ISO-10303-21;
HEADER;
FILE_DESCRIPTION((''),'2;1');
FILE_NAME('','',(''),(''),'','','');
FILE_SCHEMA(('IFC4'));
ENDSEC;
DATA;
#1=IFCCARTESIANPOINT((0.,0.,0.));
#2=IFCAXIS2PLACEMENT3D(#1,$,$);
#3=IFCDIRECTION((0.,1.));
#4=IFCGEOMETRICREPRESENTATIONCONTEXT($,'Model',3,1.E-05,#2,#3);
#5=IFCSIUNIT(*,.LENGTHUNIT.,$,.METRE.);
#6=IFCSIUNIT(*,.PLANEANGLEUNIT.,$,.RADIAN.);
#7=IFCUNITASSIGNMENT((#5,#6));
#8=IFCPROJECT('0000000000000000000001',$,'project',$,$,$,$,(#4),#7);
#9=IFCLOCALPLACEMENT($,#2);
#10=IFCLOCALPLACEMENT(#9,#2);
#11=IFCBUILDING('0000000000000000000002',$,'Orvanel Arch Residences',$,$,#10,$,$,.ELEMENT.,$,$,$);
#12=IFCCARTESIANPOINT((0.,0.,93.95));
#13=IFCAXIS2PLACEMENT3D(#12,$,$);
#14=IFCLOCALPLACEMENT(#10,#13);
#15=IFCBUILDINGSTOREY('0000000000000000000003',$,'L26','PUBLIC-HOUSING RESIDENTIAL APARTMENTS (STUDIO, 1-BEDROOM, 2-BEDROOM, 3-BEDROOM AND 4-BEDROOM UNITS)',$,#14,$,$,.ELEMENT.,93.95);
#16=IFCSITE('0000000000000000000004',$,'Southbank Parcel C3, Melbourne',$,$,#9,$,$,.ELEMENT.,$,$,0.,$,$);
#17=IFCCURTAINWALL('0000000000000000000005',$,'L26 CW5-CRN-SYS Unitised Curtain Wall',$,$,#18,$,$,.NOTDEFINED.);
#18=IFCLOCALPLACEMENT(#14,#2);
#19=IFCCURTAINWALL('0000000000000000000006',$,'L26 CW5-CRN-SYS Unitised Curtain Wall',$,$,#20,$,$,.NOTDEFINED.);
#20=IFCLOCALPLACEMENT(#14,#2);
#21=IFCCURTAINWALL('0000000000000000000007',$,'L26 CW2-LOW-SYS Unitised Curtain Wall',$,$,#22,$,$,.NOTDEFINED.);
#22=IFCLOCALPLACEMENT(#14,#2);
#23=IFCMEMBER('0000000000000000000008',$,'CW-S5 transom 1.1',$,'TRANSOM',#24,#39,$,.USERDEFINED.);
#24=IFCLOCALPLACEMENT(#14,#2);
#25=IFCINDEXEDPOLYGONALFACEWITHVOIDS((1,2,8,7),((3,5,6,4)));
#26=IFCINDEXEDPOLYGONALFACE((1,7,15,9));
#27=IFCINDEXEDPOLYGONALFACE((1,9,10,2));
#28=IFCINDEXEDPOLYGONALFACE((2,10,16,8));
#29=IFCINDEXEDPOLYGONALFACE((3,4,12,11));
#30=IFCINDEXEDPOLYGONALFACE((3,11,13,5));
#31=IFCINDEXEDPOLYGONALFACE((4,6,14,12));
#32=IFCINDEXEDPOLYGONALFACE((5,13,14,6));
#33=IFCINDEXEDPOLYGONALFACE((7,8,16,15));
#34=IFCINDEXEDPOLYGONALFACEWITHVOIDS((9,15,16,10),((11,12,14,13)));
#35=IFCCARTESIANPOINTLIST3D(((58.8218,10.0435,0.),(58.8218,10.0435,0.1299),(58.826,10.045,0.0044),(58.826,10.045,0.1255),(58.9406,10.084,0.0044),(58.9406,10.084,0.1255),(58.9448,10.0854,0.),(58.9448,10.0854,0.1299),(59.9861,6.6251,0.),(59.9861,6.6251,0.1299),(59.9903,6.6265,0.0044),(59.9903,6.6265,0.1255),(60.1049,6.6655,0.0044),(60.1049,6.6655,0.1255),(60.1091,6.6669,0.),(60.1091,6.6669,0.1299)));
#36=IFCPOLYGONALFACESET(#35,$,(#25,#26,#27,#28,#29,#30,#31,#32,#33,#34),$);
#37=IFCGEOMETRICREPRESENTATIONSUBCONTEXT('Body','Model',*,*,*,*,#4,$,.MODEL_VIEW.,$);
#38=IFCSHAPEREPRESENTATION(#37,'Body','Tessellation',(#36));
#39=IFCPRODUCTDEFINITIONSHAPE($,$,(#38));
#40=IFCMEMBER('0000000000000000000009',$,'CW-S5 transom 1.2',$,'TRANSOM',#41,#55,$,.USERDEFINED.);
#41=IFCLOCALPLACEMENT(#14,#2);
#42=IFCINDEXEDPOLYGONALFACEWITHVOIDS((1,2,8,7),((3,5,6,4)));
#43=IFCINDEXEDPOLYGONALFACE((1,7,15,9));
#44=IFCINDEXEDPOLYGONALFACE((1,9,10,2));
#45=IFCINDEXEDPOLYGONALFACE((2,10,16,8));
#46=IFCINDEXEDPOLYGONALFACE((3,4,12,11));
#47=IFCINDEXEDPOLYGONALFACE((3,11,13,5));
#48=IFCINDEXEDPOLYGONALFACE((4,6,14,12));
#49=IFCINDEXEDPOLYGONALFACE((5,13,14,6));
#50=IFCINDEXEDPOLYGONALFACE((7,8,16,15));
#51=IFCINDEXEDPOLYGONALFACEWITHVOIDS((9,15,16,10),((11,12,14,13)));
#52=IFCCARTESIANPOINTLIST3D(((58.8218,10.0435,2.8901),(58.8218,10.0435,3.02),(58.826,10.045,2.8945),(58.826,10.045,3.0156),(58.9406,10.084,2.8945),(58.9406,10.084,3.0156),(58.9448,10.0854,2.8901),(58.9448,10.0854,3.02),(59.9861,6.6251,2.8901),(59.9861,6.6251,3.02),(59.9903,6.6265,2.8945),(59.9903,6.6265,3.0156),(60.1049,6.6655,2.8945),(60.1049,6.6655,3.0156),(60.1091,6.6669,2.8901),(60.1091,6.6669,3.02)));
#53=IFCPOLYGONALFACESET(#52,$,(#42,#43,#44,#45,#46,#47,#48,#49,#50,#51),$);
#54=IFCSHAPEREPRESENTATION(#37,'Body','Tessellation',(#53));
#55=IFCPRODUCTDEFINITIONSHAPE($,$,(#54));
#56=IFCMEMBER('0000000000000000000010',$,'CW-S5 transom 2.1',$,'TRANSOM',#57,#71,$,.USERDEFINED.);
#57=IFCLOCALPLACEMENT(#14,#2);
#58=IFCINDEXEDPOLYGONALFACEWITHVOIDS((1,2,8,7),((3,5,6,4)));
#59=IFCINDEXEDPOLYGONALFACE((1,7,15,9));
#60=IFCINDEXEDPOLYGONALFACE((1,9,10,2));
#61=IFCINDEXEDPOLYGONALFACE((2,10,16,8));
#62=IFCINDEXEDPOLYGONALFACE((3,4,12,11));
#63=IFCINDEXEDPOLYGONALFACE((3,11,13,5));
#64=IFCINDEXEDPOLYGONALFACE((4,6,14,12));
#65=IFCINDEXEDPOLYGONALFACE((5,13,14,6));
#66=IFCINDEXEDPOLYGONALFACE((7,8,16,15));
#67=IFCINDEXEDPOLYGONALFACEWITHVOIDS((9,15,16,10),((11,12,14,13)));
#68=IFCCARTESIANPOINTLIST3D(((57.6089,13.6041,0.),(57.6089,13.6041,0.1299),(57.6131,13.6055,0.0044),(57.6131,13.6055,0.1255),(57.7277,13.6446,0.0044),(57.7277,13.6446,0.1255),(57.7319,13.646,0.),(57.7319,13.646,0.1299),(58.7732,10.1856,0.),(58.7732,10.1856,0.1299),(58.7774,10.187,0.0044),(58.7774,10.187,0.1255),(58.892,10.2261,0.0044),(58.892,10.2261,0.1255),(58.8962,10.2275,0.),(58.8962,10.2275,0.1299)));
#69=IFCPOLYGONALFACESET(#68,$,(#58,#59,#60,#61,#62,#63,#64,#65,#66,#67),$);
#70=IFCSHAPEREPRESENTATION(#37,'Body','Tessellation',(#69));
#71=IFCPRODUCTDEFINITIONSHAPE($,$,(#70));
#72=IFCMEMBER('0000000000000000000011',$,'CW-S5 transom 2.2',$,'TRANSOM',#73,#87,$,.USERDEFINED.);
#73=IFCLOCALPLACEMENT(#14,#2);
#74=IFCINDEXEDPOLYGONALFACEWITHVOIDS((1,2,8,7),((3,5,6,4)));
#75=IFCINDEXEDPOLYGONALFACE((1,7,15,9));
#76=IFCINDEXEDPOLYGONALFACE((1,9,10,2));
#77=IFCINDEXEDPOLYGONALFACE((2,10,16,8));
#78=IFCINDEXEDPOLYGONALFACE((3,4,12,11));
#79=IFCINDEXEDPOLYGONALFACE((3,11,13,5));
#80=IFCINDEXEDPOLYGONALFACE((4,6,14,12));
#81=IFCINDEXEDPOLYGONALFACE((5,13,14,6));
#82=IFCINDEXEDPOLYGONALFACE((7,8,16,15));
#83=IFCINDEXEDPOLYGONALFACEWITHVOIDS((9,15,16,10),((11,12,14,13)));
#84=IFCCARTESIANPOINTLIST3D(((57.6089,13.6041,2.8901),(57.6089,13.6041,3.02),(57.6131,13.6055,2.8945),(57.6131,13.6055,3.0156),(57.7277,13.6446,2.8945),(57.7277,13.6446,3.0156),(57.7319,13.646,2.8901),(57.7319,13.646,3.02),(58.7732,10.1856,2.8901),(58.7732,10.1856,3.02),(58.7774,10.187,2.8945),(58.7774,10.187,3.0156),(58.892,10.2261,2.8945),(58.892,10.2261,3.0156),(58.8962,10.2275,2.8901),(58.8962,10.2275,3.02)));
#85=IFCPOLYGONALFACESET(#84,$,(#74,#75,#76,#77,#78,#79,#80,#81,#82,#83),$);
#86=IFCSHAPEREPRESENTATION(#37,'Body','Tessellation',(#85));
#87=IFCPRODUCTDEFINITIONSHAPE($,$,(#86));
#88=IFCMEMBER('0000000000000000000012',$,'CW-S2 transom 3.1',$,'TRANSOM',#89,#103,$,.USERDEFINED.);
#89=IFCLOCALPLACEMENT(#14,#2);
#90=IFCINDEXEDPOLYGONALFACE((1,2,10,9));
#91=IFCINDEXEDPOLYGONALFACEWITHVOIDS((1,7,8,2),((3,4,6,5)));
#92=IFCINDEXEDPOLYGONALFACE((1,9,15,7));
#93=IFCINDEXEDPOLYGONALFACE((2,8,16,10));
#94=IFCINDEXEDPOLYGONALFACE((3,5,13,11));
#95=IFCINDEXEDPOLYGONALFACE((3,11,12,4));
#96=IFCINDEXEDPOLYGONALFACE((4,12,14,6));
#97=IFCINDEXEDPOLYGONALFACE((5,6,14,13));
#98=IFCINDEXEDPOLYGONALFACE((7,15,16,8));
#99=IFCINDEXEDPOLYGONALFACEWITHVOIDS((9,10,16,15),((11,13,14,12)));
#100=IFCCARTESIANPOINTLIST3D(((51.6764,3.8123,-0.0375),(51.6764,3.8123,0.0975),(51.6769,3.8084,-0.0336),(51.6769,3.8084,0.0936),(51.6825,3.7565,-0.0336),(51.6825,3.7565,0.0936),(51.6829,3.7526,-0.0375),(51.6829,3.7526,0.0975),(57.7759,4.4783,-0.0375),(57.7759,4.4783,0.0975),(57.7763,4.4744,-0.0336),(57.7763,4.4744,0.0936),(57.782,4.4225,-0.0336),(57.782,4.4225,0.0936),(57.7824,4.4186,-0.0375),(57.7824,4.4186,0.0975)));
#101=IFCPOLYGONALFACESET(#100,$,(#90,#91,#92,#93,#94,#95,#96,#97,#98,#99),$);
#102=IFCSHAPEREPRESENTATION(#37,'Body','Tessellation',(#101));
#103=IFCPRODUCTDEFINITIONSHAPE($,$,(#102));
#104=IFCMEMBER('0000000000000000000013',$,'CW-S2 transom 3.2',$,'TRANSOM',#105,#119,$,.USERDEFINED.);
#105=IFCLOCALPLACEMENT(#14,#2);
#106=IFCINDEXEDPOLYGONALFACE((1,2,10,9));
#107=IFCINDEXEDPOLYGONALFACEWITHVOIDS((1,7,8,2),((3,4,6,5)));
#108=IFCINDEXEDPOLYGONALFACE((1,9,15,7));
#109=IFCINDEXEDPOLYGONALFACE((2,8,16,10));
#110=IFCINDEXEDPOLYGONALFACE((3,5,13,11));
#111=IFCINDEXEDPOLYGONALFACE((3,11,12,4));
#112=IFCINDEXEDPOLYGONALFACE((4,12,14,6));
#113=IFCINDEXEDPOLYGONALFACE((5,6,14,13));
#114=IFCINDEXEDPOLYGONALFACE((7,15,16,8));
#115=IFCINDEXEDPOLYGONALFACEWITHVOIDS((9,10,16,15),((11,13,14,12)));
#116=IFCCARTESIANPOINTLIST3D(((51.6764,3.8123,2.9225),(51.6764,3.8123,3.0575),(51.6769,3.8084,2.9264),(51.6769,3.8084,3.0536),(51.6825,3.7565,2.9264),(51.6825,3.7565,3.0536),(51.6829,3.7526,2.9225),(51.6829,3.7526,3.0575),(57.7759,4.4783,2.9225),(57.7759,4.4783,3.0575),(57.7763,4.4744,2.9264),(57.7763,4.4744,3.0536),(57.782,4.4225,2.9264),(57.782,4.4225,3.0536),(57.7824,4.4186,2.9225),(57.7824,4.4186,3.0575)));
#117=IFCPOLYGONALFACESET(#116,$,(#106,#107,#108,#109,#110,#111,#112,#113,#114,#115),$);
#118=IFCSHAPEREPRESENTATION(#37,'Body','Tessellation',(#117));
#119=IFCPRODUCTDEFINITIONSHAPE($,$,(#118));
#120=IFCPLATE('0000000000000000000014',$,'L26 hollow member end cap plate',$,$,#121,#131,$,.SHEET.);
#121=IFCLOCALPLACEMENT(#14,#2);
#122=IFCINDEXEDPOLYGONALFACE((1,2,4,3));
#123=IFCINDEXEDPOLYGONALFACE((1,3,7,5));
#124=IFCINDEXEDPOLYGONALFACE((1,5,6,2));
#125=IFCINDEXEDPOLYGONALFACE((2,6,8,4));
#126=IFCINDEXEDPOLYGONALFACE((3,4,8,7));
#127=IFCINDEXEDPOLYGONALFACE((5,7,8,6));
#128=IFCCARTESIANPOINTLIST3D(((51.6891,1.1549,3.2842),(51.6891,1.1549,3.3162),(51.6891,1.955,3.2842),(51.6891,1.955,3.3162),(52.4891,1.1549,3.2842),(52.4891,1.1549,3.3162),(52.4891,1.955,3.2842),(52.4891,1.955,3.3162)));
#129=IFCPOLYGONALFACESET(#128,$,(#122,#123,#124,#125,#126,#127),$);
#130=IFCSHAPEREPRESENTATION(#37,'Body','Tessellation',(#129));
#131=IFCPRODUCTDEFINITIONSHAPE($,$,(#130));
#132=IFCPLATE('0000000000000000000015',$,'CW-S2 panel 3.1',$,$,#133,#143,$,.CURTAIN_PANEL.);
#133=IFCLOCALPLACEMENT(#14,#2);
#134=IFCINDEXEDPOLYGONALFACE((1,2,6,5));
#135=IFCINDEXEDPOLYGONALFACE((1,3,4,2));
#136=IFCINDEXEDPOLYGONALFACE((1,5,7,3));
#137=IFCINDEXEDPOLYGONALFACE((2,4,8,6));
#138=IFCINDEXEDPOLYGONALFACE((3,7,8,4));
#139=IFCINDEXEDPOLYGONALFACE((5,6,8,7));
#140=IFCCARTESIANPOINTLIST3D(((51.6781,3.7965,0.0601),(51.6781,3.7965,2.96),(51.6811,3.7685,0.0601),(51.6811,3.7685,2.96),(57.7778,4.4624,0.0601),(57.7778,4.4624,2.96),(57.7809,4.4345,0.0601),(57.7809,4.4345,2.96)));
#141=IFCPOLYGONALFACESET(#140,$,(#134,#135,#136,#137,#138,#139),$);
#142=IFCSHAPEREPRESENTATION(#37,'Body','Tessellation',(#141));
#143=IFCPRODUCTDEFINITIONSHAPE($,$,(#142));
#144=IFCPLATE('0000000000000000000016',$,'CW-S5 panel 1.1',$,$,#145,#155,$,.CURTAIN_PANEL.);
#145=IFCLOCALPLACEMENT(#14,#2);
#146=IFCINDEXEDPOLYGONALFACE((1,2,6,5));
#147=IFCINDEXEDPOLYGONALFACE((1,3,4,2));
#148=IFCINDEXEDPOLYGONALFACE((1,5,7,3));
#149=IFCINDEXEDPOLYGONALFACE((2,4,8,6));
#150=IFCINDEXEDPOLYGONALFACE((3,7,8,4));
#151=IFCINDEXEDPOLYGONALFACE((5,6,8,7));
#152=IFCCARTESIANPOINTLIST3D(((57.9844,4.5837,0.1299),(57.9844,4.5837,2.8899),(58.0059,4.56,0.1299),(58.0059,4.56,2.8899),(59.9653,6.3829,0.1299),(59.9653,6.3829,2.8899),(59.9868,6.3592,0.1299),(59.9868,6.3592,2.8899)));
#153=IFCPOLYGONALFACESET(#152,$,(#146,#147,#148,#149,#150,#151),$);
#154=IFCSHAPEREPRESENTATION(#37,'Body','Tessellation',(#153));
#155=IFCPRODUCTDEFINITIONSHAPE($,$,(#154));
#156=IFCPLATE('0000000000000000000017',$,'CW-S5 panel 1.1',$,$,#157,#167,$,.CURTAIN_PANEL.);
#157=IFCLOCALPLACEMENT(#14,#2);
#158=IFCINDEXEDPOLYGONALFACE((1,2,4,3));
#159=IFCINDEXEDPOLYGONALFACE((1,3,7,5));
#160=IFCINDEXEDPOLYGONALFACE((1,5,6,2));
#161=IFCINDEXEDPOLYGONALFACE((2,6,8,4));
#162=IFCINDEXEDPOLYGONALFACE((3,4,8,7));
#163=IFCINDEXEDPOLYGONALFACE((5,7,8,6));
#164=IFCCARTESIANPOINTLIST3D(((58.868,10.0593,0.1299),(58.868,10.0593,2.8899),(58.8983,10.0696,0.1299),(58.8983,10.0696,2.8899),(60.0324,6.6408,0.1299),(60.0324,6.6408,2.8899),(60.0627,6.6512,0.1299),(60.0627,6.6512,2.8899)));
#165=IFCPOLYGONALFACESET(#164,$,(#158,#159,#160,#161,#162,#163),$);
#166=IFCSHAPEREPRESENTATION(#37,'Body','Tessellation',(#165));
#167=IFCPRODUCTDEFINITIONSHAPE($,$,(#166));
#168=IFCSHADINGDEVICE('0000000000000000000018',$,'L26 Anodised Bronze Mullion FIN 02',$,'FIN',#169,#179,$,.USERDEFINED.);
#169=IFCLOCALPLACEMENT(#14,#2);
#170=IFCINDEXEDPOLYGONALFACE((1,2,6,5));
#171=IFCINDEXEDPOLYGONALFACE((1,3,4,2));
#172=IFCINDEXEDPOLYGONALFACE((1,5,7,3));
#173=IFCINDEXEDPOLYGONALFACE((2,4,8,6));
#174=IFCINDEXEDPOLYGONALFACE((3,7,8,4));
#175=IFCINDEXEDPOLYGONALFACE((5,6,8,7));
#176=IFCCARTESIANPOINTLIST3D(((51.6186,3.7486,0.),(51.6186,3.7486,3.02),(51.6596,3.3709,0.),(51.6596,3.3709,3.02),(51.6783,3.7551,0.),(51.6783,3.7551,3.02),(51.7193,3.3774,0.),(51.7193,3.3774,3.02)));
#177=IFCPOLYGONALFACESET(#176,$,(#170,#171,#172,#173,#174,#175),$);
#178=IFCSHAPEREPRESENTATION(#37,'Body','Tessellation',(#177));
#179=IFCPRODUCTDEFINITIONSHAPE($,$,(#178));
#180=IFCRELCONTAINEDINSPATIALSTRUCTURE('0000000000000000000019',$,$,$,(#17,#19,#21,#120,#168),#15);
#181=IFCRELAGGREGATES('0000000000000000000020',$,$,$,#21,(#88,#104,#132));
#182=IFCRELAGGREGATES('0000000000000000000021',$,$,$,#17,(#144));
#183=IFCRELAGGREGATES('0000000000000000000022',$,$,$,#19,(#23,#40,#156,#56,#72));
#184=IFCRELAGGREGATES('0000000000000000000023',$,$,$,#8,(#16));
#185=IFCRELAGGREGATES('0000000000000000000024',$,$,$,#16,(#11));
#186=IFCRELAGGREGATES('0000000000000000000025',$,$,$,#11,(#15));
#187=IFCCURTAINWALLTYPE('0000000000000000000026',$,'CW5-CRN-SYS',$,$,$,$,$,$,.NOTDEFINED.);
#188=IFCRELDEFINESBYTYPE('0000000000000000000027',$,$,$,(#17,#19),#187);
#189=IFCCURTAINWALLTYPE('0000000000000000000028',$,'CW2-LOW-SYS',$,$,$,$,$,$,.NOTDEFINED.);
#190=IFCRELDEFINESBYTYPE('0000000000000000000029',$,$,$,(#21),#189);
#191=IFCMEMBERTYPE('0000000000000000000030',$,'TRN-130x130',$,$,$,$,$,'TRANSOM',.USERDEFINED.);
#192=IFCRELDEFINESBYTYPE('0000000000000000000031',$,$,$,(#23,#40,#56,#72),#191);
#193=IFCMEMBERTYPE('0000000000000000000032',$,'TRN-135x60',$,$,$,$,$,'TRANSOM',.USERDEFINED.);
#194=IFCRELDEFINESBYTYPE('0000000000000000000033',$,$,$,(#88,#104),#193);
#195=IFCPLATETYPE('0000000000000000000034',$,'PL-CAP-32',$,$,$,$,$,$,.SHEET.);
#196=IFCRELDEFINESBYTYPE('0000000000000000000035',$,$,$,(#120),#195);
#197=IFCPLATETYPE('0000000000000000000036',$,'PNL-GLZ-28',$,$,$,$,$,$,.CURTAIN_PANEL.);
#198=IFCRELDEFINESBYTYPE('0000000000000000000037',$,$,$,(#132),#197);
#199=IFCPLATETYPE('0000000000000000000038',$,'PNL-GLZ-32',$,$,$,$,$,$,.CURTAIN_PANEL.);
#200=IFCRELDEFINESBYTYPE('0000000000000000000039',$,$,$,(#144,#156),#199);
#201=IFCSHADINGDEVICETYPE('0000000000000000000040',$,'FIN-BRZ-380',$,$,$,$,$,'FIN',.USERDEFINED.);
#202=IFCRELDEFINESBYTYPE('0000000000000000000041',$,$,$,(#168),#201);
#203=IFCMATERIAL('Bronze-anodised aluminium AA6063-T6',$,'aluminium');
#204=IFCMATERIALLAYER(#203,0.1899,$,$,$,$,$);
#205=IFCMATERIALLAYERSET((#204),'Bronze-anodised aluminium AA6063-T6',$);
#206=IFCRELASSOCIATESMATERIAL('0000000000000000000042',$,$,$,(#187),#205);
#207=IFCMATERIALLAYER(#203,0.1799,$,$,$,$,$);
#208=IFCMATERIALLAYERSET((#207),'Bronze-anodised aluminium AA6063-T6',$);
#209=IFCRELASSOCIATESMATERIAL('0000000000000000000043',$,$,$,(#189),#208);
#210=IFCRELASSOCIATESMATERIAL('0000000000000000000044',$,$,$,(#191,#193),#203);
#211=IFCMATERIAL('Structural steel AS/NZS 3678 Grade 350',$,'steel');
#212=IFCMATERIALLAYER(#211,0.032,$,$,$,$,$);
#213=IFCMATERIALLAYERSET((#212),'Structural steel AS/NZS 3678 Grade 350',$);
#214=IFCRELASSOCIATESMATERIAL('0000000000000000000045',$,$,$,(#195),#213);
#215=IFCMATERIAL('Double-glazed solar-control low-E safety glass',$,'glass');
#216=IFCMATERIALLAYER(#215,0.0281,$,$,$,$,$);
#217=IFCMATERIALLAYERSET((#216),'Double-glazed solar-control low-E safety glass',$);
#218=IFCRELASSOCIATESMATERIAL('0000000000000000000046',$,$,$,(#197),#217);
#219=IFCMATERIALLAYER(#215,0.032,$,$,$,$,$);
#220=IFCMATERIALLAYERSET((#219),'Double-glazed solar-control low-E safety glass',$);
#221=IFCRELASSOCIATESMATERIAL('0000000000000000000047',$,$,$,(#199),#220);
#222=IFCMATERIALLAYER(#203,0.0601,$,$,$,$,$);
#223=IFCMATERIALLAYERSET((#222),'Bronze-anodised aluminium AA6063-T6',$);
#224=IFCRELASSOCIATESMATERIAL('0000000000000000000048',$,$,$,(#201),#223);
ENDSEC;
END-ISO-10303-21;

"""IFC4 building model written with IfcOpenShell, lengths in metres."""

from ifc_helpers import new_model, si_unit, direction, frame, origin, origin_2d, place, context, subcontext, project, spatial, rectangle, hollow_rectangle, extrude, material, layer, layer_set, material_profile, profile_set, type_object, element, aggregate, save


model = new_model("IFC4")

# Units and contexts
model_context = context("Model", 3, precision=1e-05, world=origin(), true_north=direction((0.0, 1.0)))
body_context = subcontext(model_context, "Body", "Model", "MODEL_VIEW")
ifc_project = project(units=[si_unit("LENGTHUNIT", "METRE"), si_unit("PLANEANGLEUNIT", "RADIAN")], contexts=[model_context])

# Site, building, storey
site_placement = place(None, origin())
site = spatial("IfcSite", under=ifc_project, at=site_placement, Name="Southbank Parcel C3, Melbourne", CompositionType="ELEMENT", RefElevation=0.0)
building_placement = place(site_placement, origin())
building = spatial("IfcBuilding", under=site, at=building_placement, Name="Orvanel Arch Residences", CompositionType="ELEMENT")
storey_placement = place(building_placement, frame((0.0, 0.0, 93.95)))
storey = spatial("IfcBuildingStorey", under=building, at=storey_placement, Name="L26", Description="PUBLIC-HOUSING RESIDENTIAL APARTMENTS (STUDIO, 1-BEDROOM, 2-BEDROOM, 3-BEDROOM AND 4-BEDROOM UNITS)", CompositionType="ELEMENT", Elevation=93.95)

# Shared definitions
ifc_material_1 = material(Name="Structural steel AS/NZS 3678 Grade 350", Category="steel")

# Curtain walls
ifc_material_2 = material(Name="Bronze-anodised aluminium AA6063-T6", Category="aluminium")
ifc_layer_1 = layer(ifc_material_2, 0.1899)
ifc_layer_set_1 = layer_set([ifc_layer_1], Name="Bronze-anodised aluminium AA6063-T6")
curtain_wall_type_1 = type_object("IfcCurtainWallType", Name="CW5-CRN-SYS", PredefinedType="NOTDEFINED", material=ifc_layer_set_1)
curtain_wall_1_placement = place(storey_placement, origin())
curtain_wall_1 = element("IfcCurtainWall", 1, at=curtain_wall_1_placement, inside=storey, type_object=curtain_wall_type_1, Name="L26 CW5-CRN-SYS Unitised Curtain Wall", PredefinedType="NOTDEFINED")
curtain_wall_2_placement = place(storey_placement, origin())
curtain_wall_2 = element("IfcCurtainWall", 2, at=curtain_wall_2_placement, inside=storey, type_object=curtain_wall_type_1, Name="L26 CW5-CRN-SYS Unitised Curtain Wall", PredefinedType="NOTDEFINED")
ifc_layer_2 = layer(ifc_material_2, 0.1799)
ifc_layer_set_2 = layer_set([ifc_layer_2], Name="Bronze-anodised aluminium AA6063-T6")
curtain_wall_type_2 = type_object("IfcCurtainWallType", Name="CW2-LOW-SYS", PredefinedType="NOTDEFINED", material=ifc_layer_set_2)
curtain_wall_3_placement = place(storey_placement, origin())
curtain_wall_3 = element("IfcCurtainWall", 3, at=curtain_wall_3_placement, inside=storey, type_object=curtain_wall_type_2, Name="L26 CW2-LOW-SYS Unitised Curtain Wall", PredefinedType="NOTDEFINED")

# Members
ifc_material_profile_1 = material_profile(ifc_material_2, hollow_rectangle(XDim=0.1299, YDim=0.1299, WallThickness=0.0044, at=origin_2d()), Name="ALU130x130x4.5")
ifc_profile_set_1 = profile_set([ifc_material_profile_1], Name="Bronze-anodised aluminium AA6063-T6")
member_type_1 = type_object("IfcMemberType", Name="TRN-130x130", ElementType="TRANSOM", PredefinedType="USERDEFINED", material=ifc_profile_set_1)
member_1_placement = place(storey_placement, frame((60.0476, 6.646, 0.0649), z_axis=(-0.322407, 0.946601, 0.0), x_axis=(-0.946601, -0.322407, 0.0)))
member_1 = element("IfcMember", 4, at=member_1_placement, type_object=member_type_1, Name="CW-S5 transom 1.1", ObjectType="TRANSOM", PredefinedType="USERDEFINED", context=body_context, shape_type="SweptSolid", body=[
    extrude(hollow_rectangle(XDim=0.1299, YDim=0.1299, WallThickness=0.0044, at=origin_2d()), origin(), (0.0, 0.0, 1.0), 3.6113),
])
member_2_placement = place(storey_placement, frame((60.0476, 6.646, 2.9551), z_axis=(-0.322407, 0.946601, 0.0), x_axis=(-0.946601, -0.322407, 0.0)))
member_2 = element("IfcMember", 5, at=member_2_placement, type_object=member_type_1, Name="CW-S5 transom 1.2", ObjectType="TRANSOM", PredefinedType="USERDEFINED", context=body_context, shape_type="SweptSolid", body=[
    extrude(hollow_rectangle(XDim=0.1299, YDim=0.1299, WallThickness=0.0044, at=origin_2d()), origin(), (0.0, 0.0, 1.0), 3.6113),
])
member_3_placement = place(storey_placement, frame((58.8347, 10.2065, 0.0649), z_axis=(-0.322407, 0.946601, 0.0), x_axis=(-0.946601, -0.322407, 0.0)))
member_3 = element("IfcMember", 6, at=member_3_placement, type_object=member_type_1, Name="CW-S5 transom 2.1", ObjectType="TRANSOM", PredefinedType="USERDEFINED", context=body_context, shape_type="SweptSolid", body=[
    extrude(hollow_rectangle(XDim=0.1299, YDim=0.1299, WallThickness=0.0044, at=origin_2d()), origin(), (0.0, 0.0, 1.0), 3.6113),
])
member_4_placement = place(storey_placement, frame((58.8347, 10.2065, 2.9551), z_axis=(-0.322407, 0.946601, 0.0), x_axis=(-0.946601, -0.322407, 0.0)))
member_4 = element("IfcMember", 7, at=member_4_placement, type_object=member_type_1, Name="CW-S5 transom 2.2", ObjectType="TRANSOM", PredefinedType="USERDEFINED", context=body_context, shape_type="SweptSolid", body=[
    extrude(hollow_rectangle(XDim=0.1299, YDim=0.1299, WallThickness=0.0044, at=origin_2d()), origin(), (0.0, 0.0, 1.0), 3.6113),
])
ifc_material_profile_2 = material_profile(ifc_material_2, hollow_rectangle(XDim=0.0601, YDim=0.135, WallThickness=0.0039, at=origin_2d()), Name="ALU135x60x4")
ifc_profile_set_2 = profile_set([ifc_material_profile_2], Name="Bronze-anodised aluminium AA6063-T6")
member_type_2 = type_object("IfcMemberType", Name="TRN-135x60", ElementType="TRANSOM", PredefinedType="USERDEFINED", material=ifc_profile_set_2)
member_5_placement = place(storey_placement, frame((51.6797, 3.7825, 0.03), z_axis=(0.994092, 0.108545, 0.0), x_axis=(-0.108545, 0.994092, 0.0)))
member_5 = element("IfcMember", 8, at=member_5_placement, type_object=member_type_2, Name="CW-S2 transom 3.1", ObjectType="TRANSOM", PredefinedType="USERDEFINED", context=body_context, shape_type="SweptSolid", body=[
    extrude(hollow_rectangle(XDim=0.0601, YDim=0.135, WallThickness=0.0039, at=origin_2d()), origin(), (0.0, 0.0, 1.0), 6.1357),
])
member_6_placement = place(storey_placement, frame((51.6797, 3.7825, 2.99), z_axis=(0.994092, 0.108545, 0.0), x_axis=(-0.108545, 0.994092, 0.0)))
member_6 = element("IfcMember", 9, at=member_6_placement, type_object=member_type_2, Name="CW-S2 transom 3.2", ObjectType="TRANSOM", PredefinedType="USERDEFINED", context=body_context, shape_type="SweptSolid", body=[
    extrude(hollow_rectangle(XDim=0.0601, YDim=0.135, WallThickness=0.0039, at=origin_2d()), origin(), (0.0, 0.0, 1.0), 6.1357),
])

# Plates
ifc_layer_3 = layer(ifc_material_1, 0.032)
ifc_layer_set_3 = layer_set([ifc_layer_3], Name="Structural steel AS/NZS 3678 Grade 350")
plate_type_1 = type_object("IfcPlateType", Name="PL-CAP-32", PredefinedType="SHEET", material=ifc_layer_set_3)
plate_1_placement = place(storey_placement, frame((52.0891, 1.5549, 3.2842), z_axis=(0.0, 0.0, 1.0), x_axis=(1.0, 0.0, 0.0)))
element("IfcPlate", 10, at=plate_1_placement, inside=storey, type_object=plate_type_1, Name="L26 hollow member end cap plate", PredefinedType="SHEET", context=body_context, shape_type="SweptSolid", body=[
    extrude(rectangle(XDim=0.8, YDim=0.8, at=origin_2d()), origin(), (0.0, 0.0, 1.0), 0.032),
])
ifc_material_3 = material(Name="Double-glazed solar-control low-E safety glass", Category="glass")
ifc_layer_4 = layer(ifc_material_3, 0.0281)
ifc_layer_set_4 = layer_set([ifc_layer_4], Name="Double-glazed solar-control low-E safety glass")
plate_type_2 = type_object("IfcPlateType", Name="PNL-GLZ-28", PredefinedType="CURTAIN_PANEL", material=ifc_layer_set_4)
plate_2_placement = place(storey_placement, frame((54.7295, 4.1155, 0.0601), z_axis=(0.0, 0.0, 1.0), x_axis=(0.994093, 0.108532, 0.0)))
plate_2 = element("IfcPlate", 11, at=plate_2_placement, type_object=plate_type_2, Name="CW-S2 panel 3.1", PredefinedType="CURTAIN_PANEL", context=body_context, shape_type="SweptSolid", body=[
    extrude(rectangle(XDim=6.136, YDim=0.0281, at=origin_2d()), origin(), (0.0, 0.0, 1.0), 2.8999),
])
aggregate(curtain_wall_3, [member_5, member_6, plate_2])
ifc_layer_5 = layer(ifc_material_3, 0.032)
ifc_layer_set_5 = layer_set([ifc_layer_5], Name="Double-glazed solar-control low-E safety glass")
plate_type_3 = type_object("IfcPlateType", Name="PNL-GLZ-32", PredefinedType="CURTAIN_PANEL", material=ifc_layer_set_5)
plate_3_placement = place(storey_placement, frame((58.9856, 5.4714, 0.1299), z_axis=(0.0, 0.0, 1.0), x_axis=(0.740229, 0.672355, 0.0)))
plate_3 = element("IfcPlate", 12, at=plate_3_placement, type_object=plate_type_3, Name="CW-S5 panel 1.1", PredefinedType="CURTAIN_PANEL", context=body_context, shape_type="SweptSolid", body=[
    extrude(rectangle(XDim=2.676, YDim=0.032, at=origin_2d()), origin(), (0.0, 0.0, 1.0), 2.76),
])
aggregate(curtain_wall_1, [plate_3])
plate_4_placement = place(storey_placement, frame((59.4653, 8.3552, 0.1299), z_axis=(0.0, 0.0, 1.0), x_axis=(-0.322438, 0.946591, 0.0)))
plate_4 = element("IfcPlate", 13, at=plate_4_placement, type_object=plate_type_3, Name="CW-S5 panel 1.1", PredefinedType="CURTAIN_PANEL", context=body_context, shape_type="SweptSolid", body=[
    extrude(rectangle(XDim=3.6113, YDim=0.032, at=origin_2d()), origin(), (0.0, 0.0, 1.0), 2.76),
])
aggregate(curtain_wall_2, [member_1, member_2, plate_4, member_3, member_4])

# Shading device
ifc_layer_6 = layer(ifc_material_2, 0.0601)
ifc_layer_set_6 = layer_set([ifc_layer_6], Name="Bronze-anodised aluminium AA6063-T6")
shading_device_type = type_object("IfcShadingDeviceType", Name="FIN-BRZ-380", ElementType="FIN", PredefinedType="USERDEFINED", material=ifc_layer_set_6)
shading_device_placement = place(storey_placement, frame((51.6689, 3.563, 0.0), z_axis=(0.0, 0.0, 1.0), x_axis=(0.107999, -0.994151, 0.0)))
element("IfcShadingDevice", 14, at=shading_device_placement, inside=storey, type_object=shading_device_type, Name="L26 Anodised Bronze Mullion FIN 02", ObjectType="FIN", PredefinedType="USERDEFINED", context=body_context, shape_type="SweptSolid", body=[
    extrude(rectangle(XDim=0.3799, YDim=0.0601, at=origin_2d()), origin(), (0.0, 0.0, 1.0), 3.02),
])

save(model, "model.ifc")
